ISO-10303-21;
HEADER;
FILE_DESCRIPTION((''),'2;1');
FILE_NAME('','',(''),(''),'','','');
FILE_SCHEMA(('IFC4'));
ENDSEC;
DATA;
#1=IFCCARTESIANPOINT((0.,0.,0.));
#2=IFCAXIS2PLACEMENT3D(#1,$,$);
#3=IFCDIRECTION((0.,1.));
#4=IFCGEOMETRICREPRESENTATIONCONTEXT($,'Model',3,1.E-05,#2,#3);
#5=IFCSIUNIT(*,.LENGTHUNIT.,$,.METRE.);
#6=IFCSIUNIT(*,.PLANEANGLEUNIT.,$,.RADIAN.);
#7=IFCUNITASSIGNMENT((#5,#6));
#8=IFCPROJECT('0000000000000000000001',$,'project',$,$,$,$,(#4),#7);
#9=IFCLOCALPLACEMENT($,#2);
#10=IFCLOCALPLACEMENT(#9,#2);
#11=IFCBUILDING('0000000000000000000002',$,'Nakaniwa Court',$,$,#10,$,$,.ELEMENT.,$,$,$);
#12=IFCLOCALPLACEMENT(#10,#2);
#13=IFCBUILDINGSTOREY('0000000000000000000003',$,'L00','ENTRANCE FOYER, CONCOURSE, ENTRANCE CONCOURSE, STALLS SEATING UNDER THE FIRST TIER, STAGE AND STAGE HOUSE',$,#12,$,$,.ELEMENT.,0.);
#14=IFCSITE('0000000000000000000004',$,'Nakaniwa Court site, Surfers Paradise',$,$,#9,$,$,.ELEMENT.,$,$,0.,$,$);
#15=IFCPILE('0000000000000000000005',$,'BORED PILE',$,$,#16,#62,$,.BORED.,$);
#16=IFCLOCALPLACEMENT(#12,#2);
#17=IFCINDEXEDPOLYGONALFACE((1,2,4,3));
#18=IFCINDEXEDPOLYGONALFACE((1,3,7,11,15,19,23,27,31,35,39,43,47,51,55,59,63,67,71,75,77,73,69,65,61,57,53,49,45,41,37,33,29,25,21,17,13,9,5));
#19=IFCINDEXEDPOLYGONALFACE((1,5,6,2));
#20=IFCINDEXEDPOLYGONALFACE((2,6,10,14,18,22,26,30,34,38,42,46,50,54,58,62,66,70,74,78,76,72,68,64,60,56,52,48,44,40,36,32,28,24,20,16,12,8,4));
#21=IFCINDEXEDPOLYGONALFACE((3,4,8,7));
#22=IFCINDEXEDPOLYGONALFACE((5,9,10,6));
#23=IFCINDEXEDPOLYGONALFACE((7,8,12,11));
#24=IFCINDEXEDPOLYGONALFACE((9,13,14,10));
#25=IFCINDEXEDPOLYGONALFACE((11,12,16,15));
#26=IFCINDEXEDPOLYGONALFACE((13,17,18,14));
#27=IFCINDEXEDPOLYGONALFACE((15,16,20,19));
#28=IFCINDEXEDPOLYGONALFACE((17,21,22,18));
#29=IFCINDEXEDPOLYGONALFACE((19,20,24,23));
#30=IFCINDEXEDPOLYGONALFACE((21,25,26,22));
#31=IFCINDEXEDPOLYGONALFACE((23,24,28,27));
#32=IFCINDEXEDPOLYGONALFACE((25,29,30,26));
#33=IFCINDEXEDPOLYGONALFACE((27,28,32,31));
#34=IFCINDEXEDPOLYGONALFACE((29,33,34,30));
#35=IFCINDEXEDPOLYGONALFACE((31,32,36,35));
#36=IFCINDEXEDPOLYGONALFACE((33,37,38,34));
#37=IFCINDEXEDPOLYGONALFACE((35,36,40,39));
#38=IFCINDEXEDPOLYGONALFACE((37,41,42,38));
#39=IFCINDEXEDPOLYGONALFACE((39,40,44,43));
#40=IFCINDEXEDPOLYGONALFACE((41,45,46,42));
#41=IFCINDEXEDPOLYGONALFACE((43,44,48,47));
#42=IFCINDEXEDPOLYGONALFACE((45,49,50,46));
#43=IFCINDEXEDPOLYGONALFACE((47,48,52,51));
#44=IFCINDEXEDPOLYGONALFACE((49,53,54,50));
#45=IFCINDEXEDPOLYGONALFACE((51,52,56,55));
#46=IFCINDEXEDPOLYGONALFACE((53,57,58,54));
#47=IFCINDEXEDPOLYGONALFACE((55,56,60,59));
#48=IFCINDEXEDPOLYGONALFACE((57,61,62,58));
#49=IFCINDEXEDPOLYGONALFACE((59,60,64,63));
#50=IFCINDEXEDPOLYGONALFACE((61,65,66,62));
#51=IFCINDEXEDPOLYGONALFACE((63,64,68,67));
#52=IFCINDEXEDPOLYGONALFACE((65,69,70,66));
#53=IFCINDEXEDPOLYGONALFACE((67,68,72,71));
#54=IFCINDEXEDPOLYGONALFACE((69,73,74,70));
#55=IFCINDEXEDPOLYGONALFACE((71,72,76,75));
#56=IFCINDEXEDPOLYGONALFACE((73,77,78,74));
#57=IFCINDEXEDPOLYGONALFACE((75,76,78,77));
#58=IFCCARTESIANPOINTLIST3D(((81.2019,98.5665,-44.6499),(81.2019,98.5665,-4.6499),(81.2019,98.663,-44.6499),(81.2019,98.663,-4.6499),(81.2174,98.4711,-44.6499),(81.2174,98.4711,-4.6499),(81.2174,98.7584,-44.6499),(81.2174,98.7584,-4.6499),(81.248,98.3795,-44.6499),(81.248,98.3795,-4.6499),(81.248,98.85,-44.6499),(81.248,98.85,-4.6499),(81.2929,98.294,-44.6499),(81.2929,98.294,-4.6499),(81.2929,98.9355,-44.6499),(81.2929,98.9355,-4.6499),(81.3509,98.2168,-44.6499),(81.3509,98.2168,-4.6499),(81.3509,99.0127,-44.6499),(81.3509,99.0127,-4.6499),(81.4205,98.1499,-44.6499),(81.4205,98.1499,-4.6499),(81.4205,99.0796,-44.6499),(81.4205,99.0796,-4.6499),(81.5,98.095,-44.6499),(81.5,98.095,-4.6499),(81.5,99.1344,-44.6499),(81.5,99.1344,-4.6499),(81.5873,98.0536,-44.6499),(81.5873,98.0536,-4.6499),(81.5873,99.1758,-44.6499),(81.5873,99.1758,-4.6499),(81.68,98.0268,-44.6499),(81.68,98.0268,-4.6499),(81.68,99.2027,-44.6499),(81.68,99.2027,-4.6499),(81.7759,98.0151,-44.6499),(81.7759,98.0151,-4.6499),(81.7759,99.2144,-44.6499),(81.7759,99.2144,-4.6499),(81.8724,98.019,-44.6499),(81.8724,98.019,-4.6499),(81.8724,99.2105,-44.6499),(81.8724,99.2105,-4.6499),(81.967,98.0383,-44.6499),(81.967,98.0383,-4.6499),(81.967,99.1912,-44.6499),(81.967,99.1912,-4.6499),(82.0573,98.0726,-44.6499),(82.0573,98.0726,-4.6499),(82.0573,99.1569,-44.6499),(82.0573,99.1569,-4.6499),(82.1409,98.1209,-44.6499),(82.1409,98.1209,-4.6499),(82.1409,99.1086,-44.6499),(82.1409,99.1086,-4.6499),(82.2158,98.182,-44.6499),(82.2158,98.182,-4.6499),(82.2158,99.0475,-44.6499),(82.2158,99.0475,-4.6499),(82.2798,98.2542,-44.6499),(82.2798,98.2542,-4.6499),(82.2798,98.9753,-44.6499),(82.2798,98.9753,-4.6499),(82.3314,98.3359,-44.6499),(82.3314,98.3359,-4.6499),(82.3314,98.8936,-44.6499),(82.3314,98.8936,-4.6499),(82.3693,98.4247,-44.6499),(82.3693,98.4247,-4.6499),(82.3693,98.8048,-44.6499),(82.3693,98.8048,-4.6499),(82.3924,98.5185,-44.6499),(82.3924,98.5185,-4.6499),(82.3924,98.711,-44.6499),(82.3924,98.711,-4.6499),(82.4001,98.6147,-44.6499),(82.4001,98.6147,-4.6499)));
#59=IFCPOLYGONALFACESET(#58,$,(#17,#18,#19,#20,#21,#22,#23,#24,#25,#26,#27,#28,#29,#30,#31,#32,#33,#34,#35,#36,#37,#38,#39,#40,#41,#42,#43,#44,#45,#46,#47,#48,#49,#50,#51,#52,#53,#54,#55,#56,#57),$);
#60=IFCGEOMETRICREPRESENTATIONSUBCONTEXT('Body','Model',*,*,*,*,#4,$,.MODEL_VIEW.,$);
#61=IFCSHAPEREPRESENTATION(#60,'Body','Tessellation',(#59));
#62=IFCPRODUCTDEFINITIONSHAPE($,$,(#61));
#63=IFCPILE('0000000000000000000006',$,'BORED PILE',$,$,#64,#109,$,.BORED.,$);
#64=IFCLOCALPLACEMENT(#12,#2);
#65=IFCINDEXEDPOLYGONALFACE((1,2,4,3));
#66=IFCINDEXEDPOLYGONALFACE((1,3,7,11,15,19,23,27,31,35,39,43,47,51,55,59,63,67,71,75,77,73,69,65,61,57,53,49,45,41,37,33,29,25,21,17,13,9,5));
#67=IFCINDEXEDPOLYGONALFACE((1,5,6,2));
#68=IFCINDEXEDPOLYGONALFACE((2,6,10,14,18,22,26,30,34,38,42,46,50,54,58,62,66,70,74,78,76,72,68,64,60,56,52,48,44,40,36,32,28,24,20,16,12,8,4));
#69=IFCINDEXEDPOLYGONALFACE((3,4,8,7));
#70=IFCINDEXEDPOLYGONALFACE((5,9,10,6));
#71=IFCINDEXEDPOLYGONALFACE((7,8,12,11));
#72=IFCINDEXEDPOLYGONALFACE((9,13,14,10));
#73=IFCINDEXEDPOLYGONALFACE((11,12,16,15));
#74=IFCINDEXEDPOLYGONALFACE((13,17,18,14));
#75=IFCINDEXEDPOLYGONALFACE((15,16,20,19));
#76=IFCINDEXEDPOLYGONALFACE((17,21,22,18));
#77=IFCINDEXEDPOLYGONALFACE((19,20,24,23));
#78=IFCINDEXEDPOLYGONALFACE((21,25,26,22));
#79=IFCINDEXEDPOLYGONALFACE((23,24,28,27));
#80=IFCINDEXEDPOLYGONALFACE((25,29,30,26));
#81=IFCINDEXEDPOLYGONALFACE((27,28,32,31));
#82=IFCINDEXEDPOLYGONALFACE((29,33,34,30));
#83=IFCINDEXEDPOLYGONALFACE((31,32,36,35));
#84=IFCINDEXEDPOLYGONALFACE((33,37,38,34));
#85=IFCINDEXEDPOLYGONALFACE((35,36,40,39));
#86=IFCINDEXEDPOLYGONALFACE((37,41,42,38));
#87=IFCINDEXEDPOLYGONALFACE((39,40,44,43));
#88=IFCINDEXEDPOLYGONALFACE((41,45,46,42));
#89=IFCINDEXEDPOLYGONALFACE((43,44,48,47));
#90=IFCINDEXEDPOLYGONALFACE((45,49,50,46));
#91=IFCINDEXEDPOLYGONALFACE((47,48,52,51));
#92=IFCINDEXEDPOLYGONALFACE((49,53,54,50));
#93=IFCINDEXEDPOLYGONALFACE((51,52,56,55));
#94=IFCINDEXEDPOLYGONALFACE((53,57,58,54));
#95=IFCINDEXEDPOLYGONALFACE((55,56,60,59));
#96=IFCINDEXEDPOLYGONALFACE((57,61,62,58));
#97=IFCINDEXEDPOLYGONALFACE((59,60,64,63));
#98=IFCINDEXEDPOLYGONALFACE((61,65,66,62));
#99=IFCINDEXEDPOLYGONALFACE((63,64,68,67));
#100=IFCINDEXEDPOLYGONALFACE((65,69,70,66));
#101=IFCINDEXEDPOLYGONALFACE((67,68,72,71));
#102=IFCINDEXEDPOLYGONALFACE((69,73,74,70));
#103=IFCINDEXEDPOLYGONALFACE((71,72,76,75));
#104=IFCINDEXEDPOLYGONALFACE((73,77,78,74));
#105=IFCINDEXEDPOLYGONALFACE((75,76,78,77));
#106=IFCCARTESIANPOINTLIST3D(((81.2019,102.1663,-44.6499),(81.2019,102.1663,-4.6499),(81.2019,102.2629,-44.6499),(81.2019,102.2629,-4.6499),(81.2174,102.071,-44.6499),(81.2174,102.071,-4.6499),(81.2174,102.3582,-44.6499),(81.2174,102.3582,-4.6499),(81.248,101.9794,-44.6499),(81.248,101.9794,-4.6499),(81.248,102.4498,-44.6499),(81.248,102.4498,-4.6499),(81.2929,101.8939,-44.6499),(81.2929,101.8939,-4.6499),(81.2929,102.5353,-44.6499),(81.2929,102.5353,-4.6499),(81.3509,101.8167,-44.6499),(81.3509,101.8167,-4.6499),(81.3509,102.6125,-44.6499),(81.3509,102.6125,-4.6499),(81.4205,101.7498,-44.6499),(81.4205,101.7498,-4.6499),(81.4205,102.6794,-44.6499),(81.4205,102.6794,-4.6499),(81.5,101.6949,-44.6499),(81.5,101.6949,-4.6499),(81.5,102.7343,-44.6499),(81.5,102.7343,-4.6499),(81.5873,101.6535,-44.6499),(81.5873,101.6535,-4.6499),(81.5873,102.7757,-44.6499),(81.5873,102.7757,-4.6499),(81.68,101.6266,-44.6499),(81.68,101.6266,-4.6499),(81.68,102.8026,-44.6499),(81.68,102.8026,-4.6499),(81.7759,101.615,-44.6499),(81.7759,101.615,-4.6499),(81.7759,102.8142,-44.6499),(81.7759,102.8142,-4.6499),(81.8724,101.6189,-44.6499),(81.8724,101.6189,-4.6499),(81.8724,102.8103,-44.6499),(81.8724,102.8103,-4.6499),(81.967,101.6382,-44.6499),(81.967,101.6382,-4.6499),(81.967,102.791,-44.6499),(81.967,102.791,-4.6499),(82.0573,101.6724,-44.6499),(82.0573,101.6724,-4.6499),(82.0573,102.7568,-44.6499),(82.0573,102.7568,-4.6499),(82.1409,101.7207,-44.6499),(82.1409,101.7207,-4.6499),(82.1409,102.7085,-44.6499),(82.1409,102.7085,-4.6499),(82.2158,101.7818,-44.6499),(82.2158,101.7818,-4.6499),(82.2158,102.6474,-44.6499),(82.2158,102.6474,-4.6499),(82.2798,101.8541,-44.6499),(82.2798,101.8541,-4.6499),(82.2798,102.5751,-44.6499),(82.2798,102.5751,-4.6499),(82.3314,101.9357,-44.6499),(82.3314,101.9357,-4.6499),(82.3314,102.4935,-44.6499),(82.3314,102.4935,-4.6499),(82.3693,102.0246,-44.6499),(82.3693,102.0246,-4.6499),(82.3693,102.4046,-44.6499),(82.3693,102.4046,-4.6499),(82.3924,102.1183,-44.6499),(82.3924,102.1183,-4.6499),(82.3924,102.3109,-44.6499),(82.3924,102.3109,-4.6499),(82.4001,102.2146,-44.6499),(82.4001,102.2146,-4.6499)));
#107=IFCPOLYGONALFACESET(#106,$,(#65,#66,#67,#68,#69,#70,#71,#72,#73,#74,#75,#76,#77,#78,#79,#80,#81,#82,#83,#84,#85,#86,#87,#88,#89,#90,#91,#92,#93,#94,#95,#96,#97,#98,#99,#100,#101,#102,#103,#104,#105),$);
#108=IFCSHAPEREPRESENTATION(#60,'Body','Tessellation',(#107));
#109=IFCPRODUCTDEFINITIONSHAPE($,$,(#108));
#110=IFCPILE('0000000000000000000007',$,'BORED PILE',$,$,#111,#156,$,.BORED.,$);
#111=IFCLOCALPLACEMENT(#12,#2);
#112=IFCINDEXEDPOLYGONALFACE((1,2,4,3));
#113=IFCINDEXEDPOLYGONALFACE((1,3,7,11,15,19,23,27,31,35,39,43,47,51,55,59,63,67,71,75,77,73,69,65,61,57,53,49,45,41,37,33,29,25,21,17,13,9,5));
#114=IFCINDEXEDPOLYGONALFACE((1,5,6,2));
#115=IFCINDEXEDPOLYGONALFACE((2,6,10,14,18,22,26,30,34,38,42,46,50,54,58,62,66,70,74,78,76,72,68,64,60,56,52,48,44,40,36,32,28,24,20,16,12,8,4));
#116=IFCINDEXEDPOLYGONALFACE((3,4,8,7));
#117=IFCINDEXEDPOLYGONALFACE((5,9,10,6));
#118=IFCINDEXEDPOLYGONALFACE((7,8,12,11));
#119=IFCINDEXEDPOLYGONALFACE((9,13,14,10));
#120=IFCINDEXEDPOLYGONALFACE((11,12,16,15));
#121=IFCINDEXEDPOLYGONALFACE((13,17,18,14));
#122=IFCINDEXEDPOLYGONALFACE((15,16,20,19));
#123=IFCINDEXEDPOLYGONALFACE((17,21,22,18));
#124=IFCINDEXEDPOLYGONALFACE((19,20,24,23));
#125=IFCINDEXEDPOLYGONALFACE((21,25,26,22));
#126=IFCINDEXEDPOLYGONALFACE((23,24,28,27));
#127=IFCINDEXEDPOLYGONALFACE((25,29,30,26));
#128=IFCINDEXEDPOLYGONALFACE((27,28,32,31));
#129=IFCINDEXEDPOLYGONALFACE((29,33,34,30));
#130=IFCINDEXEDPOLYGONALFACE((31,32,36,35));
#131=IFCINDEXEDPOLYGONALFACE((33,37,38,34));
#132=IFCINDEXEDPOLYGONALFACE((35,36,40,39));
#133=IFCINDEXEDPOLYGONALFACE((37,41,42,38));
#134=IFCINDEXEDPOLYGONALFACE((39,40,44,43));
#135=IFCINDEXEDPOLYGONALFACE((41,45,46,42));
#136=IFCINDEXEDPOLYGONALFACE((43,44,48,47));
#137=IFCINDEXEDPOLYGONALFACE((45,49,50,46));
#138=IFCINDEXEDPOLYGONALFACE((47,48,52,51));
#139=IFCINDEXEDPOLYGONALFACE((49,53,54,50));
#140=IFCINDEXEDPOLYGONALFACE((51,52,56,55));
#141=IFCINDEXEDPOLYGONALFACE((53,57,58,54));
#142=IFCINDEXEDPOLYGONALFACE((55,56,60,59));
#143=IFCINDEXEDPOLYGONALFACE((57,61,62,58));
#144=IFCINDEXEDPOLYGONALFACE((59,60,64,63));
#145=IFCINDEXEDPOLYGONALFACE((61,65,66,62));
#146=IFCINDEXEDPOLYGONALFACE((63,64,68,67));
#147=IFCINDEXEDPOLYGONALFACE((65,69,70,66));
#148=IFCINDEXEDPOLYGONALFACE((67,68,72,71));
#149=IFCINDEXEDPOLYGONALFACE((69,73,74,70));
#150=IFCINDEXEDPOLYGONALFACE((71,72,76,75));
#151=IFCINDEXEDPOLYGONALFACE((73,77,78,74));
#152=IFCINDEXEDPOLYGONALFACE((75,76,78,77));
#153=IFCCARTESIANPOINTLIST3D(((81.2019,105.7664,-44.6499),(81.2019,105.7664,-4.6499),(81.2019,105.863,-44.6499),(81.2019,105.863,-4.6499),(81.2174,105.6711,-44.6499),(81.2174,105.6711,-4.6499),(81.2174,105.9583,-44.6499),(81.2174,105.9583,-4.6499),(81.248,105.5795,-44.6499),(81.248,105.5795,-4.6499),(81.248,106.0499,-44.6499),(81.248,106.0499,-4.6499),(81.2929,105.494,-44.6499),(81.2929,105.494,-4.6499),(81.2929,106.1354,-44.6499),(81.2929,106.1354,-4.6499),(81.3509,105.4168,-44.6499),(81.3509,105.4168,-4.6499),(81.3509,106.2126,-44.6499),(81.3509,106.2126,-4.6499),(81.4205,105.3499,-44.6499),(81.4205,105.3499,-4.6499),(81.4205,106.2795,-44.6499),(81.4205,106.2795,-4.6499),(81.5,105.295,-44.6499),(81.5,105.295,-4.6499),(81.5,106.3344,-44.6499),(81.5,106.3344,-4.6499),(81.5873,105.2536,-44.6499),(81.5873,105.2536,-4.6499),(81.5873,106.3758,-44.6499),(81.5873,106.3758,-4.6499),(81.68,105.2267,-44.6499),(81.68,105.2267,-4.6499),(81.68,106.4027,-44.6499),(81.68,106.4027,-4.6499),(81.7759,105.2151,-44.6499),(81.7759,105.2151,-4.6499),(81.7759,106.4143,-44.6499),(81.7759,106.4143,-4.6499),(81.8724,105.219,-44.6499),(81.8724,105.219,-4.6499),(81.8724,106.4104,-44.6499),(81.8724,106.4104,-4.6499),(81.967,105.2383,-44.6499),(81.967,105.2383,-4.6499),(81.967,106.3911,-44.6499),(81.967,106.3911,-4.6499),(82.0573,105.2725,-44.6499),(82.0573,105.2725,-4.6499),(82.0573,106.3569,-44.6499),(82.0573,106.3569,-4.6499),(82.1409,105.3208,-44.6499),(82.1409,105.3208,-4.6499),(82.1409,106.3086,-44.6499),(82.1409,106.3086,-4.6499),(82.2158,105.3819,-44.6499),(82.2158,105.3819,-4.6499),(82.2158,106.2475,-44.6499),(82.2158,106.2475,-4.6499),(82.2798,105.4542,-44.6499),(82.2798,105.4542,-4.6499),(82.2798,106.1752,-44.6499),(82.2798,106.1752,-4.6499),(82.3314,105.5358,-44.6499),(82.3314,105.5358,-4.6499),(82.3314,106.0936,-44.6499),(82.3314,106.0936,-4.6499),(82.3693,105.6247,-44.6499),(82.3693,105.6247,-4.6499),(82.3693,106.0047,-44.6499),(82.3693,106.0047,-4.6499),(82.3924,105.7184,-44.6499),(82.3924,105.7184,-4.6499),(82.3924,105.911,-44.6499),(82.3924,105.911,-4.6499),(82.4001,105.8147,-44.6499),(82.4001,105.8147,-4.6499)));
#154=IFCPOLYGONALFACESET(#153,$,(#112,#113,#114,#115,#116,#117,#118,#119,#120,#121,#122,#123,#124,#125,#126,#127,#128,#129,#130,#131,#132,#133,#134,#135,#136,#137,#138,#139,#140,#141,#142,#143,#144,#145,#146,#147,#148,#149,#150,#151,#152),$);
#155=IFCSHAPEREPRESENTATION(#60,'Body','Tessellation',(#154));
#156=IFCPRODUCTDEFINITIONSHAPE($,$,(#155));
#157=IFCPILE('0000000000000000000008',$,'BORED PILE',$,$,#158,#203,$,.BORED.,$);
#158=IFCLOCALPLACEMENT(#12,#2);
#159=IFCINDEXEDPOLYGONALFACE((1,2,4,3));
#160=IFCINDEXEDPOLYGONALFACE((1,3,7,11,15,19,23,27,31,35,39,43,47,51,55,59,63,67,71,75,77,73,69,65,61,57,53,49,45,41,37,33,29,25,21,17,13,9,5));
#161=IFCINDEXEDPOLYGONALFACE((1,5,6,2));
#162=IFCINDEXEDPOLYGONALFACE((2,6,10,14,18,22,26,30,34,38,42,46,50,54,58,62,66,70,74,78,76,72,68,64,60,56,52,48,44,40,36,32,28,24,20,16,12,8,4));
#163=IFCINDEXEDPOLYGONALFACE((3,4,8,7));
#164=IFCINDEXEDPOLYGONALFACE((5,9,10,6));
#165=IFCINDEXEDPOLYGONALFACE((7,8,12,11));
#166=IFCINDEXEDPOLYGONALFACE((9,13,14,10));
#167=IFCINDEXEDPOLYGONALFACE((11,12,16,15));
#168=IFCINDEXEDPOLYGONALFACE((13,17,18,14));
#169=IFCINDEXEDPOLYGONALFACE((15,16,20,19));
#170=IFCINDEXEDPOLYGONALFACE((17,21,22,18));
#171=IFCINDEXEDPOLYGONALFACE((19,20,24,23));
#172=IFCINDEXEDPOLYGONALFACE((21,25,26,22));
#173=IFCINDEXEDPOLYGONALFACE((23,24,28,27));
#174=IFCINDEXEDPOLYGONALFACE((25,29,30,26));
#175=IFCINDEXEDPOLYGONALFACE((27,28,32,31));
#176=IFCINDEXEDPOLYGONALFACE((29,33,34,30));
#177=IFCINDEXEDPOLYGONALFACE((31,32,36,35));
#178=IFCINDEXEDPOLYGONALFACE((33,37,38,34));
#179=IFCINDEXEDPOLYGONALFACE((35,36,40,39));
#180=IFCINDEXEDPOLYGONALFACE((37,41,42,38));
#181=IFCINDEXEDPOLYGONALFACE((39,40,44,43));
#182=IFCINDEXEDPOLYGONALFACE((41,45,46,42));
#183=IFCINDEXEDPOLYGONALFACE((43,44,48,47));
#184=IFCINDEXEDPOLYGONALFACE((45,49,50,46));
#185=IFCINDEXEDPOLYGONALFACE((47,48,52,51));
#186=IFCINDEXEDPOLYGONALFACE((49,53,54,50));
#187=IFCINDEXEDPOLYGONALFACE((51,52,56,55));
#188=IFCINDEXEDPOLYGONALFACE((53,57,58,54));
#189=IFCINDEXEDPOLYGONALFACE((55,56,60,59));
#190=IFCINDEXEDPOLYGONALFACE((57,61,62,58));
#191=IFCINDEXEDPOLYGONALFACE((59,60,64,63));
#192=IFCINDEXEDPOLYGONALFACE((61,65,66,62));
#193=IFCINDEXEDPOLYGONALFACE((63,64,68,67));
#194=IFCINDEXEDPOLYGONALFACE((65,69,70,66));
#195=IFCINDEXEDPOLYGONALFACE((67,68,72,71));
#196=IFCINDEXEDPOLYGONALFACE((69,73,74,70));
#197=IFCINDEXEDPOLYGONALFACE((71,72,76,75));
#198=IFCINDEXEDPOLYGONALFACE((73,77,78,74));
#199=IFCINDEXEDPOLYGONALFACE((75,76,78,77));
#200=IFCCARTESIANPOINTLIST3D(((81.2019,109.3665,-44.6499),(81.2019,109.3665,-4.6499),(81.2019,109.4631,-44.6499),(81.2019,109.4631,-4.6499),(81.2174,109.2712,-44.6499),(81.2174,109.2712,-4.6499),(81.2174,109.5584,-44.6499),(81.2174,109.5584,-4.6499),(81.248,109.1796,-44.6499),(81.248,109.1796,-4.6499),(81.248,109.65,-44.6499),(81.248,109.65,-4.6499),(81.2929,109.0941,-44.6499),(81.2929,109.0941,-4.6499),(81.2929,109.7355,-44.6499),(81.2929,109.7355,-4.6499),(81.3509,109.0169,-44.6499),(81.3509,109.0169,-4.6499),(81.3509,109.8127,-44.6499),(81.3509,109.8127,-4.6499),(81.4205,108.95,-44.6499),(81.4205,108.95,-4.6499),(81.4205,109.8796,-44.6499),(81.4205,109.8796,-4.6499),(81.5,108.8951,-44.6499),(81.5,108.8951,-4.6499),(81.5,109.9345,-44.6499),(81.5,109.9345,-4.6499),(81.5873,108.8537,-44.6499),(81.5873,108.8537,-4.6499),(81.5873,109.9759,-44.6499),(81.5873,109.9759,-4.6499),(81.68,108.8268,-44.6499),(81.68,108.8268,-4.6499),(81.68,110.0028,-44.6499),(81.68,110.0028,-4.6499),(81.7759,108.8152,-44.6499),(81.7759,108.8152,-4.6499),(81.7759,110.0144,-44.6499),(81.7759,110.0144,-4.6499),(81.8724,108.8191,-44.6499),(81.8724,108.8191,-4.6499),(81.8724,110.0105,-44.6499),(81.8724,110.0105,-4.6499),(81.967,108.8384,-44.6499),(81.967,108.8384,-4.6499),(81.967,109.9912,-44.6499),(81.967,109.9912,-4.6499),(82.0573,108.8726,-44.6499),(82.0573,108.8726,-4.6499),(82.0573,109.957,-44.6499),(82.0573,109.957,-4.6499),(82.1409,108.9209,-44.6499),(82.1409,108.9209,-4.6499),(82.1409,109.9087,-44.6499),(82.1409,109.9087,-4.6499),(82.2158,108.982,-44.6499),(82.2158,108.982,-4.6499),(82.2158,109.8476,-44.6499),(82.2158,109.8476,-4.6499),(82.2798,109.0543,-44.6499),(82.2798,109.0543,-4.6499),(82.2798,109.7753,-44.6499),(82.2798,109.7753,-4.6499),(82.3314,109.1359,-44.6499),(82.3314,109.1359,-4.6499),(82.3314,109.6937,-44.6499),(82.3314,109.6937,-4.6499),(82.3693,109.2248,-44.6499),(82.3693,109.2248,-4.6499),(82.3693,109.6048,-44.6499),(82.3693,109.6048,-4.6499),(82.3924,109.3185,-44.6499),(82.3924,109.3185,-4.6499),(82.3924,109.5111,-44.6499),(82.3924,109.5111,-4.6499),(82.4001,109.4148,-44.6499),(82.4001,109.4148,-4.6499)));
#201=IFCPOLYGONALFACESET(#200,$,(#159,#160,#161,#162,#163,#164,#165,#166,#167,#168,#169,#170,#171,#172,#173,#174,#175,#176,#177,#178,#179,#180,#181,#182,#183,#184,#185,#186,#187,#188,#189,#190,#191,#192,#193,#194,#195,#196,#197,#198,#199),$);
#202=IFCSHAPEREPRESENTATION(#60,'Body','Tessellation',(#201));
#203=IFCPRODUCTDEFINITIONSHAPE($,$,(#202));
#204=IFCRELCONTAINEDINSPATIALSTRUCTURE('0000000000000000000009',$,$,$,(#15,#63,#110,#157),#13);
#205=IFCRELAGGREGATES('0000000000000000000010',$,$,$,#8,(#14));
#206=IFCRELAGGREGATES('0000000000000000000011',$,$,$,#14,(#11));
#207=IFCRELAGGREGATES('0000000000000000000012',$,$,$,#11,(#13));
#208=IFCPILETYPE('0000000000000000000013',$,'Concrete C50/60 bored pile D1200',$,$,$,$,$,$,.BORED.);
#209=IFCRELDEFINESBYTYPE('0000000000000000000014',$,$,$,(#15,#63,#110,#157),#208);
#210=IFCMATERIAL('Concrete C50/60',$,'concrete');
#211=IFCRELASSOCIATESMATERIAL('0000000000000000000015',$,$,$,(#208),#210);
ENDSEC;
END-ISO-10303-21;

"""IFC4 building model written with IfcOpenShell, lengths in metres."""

from ifc_helpers import new_model, si_unit, direction, frame, origin, origin_2d, place, context, subcontext, project, spatial, circle, extrude, material, material_profile, profile_set, type_object, element, save


model = new_model("IFC4")

# Units and contexts
model_context = context("Model", 3, precision=1e-05, world=origin(), true_north=direction((0.0, 1.0)))
body_context = subcontext(model_context, "Body", "Model", "MODEL_VIEW")
ifc_project = project(units=[si_unit("LENGTHUNIT", "METRE"), si_unit("PLANEANGLEUNIT", "RADIAN")], contexts=[model_context])

# Site, building, storey
site_placement = place(None, origin())
site = spatial("IfcSite", under=ifc_project, at=site_placement, Name="Nakaniwa Court site, Surfers Paradise", CompositionType="ELEMENT", RefElevation=0.0)
building_placement = place(site_placement, origin())
building = spatial("IfcBuilding", under=site, at=building_placement, Name="Nakaniwa Court", CompositionType="ELEMENT")
storey_placement = place(building_placement, origin())
storey = spatial("IfcBuildingStorey", under=building, at=storey_placement, Name="L00", Description="ENTRANCE FOYER, CONCOURSE, ENTRANCE CONCOURSE, STALLS SEATING UNDER THE FIRST TIER, STAGE AND STAGE HOUSE", CompositionType="ELEMENT", Elevation=0.0)

# Piles
ifc_material_1 = material(Name="Concrete C50/60", Category="concrete")
ifc_material_profile_1 = material_profile(ifc_material_1, circle(Radius=0.6001, at=origin_2d()), Name="Concrete C50/60 bored pile D1200")
ifc_profile_set_1 = profile_set([ifc_material_profile_1], Name="Concrete C50/60")
pile_type = type_object("IfcPileType", Name="Concrete C50/60 bored pile D1200", PredefinedType="BORED", material=ifc_profile_set_1)
for number, where, z_axis, x_axis, name in (
    (1, (81.8, 98.6147, -4.6499), (0.0, 0.0, -1.0), (1.0, 0.0, 0.0), "BORED PILE"),
    (2, (81.8, 102.2146, -4.6499), (0.0, 0.0, -1.0), (1.0, 0.0, 0.0), "BORED PILE"),
    (3, (81.8, 105.8147, -4.6499), (0.0, 0.0, -1.0), (1.0, 0.0, 0.0), "BORED PILE"),
    (4, (81.8, 109.4148, -4.6499), (0.0, 0.0, -1.0), (1.0, 0.0, 0.0), "BORED PILE"),
):
    element("IfcPile", number, at=place(storey_placement, frame(where, z_axis=z_axis, x_axis=x_axis)), inside=storey, type_object=pile_type, Name=name, PredefinedType="BORED", context=body_context, shape_type="SweptSolid", body=[
        extrude(circle(Radius=0.6001, at=origin_2d()), origin(), (0.0, 0.0, 1.0), 40.0),
    ])

save(model, "model.ifc")
